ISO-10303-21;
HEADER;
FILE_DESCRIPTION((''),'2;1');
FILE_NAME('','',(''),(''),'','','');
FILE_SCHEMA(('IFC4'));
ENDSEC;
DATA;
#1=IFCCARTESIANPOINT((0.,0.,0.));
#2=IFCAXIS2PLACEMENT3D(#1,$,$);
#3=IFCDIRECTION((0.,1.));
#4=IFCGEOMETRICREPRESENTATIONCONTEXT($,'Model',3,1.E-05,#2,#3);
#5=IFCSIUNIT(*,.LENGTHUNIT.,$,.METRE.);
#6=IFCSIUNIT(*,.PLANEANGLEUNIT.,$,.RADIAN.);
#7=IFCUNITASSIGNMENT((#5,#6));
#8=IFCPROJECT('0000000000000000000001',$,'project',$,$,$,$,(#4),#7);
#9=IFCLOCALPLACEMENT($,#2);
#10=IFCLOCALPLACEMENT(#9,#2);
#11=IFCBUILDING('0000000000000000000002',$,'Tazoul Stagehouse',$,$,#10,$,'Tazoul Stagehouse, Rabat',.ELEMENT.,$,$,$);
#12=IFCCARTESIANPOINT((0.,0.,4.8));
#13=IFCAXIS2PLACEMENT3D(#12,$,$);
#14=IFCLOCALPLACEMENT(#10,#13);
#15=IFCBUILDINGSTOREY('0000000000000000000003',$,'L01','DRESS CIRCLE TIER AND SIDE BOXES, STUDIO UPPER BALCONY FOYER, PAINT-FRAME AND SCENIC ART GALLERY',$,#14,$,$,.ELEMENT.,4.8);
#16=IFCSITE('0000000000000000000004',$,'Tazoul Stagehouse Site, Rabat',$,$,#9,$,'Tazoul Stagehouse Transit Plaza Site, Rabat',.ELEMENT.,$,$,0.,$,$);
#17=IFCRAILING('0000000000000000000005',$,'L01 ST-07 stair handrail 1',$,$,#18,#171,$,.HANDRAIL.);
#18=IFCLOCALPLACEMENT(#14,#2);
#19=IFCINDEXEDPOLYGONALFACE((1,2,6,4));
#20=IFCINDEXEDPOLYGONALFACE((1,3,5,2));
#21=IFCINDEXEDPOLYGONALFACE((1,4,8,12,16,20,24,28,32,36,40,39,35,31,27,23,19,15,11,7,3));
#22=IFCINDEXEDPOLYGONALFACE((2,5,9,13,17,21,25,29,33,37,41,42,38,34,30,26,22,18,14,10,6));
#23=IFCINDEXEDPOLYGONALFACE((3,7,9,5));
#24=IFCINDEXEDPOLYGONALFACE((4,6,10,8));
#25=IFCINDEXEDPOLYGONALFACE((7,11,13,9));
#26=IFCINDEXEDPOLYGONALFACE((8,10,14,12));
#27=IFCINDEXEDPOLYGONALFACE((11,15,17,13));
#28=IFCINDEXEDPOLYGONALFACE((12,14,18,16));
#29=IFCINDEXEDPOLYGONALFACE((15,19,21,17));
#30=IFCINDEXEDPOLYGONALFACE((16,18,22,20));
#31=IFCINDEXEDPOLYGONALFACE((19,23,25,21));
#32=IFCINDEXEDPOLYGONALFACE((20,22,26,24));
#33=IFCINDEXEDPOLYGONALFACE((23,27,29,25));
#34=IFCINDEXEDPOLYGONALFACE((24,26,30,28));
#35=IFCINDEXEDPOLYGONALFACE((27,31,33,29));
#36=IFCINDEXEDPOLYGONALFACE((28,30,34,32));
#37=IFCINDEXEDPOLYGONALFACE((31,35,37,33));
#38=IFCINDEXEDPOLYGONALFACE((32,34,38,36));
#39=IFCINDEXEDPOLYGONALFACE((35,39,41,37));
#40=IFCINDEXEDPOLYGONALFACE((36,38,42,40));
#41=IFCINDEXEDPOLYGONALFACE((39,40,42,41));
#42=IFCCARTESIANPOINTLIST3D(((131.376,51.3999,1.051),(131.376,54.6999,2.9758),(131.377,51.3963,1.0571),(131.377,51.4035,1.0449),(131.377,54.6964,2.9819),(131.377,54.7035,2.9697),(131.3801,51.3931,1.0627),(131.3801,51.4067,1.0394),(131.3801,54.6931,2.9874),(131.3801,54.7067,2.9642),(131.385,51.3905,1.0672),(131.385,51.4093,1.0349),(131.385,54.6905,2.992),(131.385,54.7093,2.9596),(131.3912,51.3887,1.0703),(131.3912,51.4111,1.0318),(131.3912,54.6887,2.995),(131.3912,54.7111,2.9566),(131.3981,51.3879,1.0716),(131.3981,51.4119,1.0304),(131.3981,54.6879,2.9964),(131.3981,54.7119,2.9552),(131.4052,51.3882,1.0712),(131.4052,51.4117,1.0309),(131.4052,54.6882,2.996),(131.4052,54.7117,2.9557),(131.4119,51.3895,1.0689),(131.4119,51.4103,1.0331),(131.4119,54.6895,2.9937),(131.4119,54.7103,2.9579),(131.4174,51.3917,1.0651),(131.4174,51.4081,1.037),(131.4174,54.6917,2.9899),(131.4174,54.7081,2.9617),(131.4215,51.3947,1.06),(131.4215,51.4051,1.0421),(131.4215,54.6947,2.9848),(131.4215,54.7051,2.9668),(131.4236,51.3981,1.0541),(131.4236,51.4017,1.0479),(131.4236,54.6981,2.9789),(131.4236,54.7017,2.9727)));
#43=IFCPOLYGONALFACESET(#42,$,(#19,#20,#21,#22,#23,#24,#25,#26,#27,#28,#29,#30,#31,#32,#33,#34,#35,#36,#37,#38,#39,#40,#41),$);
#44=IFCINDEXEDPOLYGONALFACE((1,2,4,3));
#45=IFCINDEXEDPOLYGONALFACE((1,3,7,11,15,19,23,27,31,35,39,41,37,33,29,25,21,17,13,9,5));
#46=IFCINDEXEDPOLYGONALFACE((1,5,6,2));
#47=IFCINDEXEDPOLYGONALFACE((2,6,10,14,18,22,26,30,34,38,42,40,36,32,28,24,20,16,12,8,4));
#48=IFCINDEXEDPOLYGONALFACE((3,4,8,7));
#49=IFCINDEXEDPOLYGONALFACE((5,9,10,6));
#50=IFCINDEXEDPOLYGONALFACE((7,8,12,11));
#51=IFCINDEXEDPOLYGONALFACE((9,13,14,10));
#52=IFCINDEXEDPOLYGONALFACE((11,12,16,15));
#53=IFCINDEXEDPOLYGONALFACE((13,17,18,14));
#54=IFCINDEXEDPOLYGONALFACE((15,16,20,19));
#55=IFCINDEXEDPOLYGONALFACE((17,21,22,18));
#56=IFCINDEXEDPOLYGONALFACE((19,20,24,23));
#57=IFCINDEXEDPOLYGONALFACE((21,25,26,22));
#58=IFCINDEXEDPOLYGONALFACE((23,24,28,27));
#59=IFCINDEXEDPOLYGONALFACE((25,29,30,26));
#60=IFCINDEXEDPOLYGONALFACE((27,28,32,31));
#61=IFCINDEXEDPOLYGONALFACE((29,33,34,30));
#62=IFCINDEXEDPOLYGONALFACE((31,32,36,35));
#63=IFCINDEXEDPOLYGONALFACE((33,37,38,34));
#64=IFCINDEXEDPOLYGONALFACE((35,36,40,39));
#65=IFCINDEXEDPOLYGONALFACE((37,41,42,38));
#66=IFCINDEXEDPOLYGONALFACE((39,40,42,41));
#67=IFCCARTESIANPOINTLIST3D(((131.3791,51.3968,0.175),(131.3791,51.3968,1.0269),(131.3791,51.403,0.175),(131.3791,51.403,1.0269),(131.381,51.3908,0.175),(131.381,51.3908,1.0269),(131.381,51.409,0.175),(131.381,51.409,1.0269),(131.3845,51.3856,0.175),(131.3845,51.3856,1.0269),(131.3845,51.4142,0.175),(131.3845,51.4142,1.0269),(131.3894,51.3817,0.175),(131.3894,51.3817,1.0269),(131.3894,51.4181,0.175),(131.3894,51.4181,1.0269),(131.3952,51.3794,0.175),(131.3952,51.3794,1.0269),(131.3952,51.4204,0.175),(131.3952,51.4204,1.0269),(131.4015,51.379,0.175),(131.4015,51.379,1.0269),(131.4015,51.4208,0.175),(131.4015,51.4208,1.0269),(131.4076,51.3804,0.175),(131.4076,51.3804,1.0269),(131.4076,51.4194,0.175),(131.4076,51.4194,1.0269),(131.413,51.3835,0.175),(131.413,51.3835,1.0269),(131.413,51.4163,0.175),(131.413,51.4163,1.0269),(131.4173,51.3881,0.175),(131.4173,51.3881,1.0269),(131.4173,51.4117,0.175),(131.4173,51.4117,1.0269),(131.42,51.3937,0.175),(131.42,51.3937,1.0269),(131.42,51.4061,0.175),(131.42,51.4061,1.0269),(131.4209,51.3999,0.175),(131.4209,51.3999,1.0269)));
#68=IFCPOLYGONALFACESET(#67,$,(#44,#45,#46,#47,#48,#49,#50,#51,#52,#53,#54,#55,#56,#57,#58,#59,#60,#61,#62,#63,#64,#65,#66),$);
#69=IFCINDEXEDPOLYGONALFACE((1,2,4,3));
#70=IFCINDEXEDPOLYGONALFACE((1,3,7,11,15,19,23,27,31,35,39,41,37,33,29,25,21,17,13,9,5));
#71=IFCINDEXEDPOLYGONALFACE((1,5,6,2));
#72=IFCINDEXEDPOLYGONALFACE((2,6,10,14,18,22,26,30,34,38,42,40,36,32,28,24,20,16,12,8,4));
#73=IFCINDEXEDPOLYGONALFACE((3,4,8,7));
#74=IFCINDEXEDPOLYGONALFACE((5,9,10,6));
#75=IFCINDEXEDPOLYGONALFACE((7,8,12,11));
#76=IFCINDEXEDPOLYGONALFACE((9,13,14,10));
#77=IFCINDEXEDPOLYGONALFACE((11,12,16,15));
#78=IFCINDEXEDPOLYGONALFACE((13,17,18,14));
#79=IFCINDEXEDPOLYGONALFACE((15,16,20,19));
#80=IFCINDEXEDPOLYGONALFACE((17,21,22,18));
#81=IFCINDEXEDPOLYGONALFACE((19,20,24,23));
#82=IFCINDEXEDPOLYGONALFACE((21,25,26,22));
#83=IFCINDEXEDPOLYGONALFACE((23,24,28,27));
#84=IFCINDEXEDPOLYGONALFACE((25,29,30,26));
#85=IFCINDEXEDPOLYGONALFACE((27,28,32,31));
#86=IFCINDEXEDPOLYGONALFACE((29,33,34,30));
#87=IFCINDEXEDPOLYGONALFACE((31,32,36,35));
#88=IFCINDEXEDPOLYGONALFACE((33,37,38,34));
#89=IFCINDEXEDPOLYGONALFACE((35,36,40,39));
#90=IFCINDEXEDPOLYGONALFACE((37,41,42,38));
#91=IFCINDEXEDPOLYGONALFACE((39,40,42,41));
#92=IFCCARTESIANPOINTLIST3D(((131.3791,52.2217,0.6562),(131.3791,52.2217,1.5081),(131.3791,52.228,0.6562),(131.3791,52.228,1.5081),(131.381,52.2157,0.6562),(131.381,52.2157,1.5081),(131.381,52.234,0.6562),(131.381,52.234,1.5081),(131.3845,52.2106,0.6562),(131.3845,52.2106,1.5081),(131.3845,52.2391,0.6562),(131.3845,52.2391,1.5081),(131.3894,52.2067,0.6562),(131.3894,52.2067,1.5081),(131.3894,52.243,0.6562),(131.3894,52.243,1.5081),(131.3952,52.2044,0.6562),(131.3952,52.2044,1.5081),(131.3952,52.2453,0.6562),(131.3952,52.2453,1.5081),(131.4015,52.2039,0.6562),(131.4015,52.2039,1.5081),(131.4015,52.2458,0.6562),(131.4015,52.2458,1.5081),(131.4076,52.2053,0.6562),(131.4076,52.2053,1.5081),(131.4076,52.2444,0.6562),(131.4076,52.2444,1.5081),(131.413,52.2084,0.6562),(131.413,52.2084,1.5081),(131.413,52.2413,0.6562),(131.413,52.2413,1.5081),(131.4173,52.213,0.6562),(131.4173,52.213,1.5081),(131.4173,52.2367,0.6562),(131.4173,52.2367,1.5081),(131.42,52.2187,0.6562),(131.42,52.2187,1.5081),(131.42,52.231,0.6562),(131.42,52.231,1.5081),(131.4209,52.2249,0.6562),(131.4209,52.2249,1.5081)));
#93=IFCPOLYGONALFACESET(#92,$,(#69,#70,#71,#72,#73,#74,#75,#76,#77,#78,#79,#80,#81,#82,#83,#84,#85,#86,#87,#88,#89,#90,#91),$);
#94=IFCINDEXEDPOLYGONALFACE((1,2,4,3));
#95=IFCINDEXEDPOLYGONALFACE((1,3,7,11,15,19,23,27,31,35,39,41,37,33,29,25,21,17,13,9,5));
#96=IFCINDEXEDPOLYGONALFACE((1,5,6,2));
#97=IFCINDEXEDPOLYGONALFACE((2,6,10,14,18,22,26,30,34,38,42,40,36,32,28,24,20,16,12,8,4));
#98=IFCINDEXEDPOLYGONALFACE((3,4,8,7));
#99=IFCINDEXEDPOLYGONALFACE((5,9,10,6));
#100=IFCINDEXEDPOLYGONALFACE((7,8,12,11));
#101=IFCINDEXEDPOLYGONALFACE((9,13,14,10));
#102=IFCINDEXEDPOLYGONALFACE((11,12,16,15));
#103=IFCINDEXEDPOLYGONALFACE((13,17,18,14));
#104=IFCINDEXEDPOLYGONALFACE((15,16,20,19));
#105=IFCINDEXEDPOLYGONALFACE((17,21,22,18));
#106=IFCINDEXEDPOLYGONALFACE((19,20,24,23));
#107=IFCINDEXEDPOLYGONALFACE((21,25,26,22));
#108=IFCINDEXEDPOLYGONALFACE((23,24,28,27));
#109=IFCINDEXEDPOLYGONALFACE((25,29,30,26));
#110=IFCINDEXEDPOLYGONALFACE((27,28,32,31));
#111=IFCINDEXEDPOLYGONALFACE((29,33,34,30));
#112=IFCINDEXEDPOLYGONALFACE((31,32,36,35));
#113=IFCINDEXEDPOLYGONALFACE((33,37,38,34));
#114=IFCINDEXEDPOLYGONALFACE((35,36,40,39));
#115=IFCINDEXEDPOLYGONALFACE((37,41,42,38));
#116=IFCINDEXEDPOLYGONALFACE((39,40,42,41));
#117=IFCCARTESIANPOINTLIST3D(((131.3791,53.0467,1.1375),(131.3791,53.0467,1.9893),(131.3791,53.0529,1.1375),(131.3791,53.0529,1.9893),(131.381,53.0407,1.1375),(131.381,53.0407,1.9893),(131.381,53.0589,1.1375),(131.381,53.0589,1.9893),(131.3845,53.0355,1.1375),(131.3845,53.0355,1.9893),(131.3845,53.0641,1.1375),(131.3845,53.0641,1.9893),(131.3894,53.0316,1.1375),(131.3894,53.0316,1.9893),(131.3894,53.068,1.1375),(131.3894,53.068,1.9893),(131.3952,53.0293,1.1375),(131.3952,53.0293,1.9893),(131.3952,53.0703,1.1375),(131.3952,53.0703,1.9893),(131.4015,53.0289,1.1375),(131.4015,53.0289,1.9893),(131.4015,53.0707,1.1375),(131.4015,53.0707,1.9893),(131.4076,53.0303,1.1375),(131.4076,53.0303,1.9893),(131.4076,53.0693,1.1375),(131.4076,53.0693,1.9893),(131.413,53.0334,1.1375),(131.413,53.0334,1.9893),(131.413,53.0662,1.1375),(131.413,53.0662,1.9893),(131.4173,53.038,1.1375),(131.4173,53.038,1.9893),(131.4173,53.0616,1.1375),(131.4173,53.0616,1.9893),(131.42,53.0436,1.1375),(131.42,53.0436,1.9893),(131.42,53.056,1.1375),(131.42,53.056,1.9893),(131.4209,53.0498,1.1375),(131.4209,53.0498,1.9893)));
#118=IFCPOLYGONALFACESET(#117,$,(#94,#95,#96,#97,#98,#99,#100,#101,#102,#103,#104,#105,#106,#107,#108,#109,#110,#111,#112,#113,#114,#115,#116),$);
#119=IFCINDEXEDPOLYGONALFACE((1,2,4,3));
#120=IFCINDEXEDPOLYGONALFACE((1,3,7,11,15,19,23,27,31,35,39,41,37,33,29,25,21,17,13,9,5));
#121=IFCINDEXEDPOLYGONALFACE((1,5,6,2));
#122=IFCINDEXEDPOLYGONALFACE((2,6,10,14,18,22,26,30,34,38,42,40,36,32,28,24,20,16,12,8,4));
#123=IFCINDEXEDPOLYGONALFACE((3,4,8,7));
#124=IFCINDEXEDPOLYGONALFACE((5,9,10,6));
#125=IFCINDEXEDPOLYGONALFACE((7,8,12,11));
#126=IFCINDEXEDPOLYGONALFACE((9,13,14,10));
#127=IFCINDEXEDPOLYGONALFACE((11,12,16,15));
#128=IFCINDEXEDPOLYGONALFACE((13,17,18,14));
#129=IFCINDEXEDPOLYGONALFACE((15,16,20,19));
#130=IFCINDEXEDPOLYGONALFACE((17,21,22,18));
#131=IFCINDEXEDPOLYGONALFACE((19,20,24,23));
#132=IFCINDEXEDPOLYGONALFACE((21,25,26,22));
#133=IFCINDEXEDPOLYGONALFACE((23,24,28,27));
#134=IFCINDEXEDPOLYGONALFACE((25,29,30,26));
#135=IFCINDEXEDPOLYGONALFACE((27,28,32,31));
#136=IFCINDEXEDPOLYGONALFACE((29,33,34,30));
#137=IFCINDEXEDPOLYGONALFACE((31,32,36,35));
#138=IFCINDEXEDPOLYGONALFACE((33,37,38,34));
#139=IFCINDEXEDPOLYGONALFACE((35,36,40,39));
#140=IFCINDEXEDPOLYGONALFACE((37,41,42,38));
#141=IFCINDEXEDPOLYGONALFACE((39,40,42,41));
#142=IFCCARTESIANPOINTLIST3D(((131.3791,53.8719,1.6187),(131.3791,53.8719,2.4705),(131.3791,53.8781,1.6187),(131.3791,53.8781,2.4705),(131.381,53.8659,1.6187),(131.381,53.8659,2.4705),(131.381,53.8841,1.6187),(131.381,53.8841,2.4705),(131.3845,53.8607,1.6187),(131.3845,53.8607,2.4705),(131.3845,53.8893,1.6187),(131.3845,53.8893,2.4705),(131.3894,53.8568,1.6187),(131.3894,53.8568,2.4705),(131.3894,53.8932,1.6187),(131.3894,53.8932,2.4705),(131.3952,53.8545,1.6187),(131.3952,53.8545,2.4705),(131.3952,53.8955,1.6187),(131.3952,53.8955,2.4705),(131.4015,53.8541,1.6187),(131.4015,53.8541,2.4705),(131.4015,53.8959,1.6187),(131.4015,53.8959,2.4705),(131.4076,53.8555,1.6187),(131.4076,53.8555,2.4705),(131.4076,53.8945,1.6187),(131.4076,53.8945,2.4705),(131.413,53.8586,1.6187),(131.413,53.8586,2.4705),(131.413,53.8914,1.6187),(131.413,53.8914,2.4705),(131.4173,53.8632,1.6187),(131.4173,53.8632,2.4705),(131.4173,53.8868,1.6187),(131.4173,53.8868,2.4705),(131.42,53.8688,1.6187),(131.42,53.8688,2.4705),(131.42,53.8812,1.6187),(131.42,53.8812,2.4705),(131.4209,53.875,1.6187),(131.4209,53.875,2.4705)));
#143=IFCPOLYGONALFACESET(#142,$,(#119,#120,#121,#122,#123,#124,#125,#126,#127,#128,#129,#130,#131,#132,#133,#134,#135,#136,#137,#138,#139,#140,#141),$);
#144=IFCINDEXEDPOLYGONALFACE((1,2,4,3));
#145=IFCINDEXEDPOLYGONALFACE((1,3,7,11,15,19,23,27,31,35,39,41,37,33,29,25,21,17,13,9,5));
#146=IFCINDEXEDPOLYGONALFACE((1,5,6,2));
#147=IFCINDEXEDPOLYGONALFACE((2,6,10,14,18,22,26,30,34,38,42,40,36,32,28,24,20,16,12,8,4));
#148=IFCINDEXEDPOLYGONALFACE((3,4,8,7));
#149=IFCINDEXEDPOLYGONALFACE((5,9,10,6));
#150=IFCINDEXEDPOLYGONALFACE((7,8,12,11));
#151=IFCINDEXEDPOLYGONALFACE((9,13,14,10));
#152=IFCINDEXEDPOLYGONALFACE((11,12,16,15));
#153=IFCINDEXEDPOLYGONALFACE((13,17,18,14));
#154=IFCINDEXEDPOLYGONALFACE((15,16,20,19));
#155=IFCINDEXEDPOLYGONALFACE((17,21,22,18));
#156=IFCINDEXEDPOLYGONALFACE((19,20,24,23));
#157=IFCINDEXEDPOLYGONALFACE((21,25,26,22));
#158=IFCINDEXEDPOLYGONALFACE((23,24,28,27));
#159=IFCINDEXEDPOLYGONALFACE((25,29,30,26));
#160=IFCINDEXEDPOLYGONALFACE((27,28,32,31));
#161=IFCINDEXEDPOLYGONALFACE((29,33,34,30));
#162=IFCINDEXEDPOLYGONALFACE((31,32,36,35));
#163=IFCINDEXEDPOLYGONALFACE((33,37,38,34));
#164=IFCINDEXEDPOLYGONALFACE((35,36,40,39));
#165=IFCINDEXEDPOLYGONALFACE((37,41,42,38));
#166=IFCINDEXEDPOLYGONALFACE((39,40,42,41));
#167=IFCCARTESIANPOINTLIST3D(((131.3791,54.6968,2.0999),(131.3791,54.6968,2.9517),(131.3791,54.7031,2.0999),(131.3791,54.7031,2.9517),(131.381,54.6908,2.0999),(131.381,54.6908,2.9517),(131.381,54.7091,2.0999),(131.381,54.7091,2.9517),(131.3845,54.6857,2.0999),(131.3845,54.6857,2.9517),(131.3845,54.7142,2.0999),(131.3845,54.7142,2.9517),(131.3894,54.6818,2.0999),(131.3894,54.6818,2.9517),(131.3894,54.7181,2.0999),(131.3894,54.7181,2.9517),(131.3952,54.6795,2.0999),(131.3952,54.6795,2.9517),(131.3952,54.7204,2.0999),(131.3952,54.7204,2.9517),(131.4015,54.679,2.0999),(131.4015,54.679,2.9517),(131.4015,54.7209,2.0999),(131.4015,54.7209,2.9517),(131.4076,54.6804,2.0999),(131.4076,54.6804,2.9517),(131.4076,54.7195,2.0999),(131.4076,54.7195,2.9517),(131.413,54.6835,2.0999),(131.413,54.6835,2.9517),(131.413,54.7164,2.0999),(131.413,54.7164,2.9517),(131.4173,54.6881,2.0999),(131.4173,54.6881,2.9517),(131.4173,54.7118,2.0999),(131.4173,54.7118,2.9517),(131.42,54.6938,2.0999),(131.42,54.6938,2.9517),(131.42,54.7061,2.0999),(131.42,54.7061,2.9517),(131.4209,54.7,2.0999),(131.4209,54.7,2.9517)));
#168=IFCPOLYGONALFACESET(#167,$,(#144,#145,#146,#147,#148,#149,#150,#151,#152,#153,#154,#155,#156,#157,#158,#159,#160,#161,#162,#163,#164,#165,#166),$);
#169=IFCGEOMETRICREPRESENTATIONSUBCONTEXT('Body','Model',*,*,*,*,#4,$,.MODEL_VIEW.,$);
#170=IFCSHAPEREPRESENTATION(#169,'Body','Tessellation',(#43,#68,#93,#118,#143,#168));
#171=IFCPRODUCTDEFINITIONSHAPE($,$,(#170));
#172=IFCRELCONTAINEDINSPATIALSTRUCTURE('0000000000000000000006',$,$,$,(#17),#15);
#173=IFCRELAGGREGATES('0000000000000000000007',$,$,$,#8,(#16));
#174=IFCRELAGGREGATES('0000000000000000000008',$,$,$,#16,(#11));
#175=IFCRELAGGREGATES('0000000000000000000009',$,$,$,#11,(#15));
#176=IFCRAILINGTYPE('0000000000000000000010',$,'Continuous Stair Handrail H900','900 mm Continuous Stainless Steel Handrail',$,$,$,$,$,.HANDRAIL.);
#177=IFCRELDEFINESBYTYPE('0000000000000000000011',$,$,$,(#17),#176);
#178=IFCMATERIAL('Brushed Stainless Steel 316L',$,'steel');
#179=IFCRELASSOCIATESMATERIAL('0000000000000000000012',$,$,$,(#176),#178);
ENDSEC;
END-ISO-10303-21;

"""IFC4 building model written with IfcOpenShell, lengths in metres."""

from ifc_helpers import new_model, si_unit, direction, frame, origin, origin_2d, place, context, subcontext, project, spatial, circle, extrude, material, material_profile, profile_set, type_object, element, save


model = new_model("IFC4")

# Units and contexts
model_context = context("Model", 3, precision=1e-05, world=origin(), true_north=direction((0.0, 1.0)))
body_context = subcontext(model_context, "Body", "Model", "MODEL_VIEW")
ifc_project = project(units=[si_unit("LENGTHUNIT", "METRE"), si_unit("PLANEANGLEUNIT", "RADIAN")], contexts=[model_context])

# Site, building, storey
site_placement = place(None, origin())
site = spatial("IfcSite", under=ifc_project, at=site_placement, Name="Tazoul Stagehouse Site, Rabat", LongName="Tazoul Stagehouse Transit Plaza Site, Rabat", CompositionType="ELEMENT", RefElevation=0.0)
building_placement = place(site_placement, origin())
building = spatial("IfcBuilding", under=site, at=building_placement, Name="Tazoul Stagehouse", LongName="Tazoul Stagehouse, Rabat", CompositionType="ELEMENT")
storey_placement = place(building_placement, frame((0.0, 0.0, 4.8)))
storey = spatial("IfcBuildingStorey", under=building, at=storey_placement, Name="L01", Description="DRESS CIRCLE TIER AND SIDE BOXES, STUDIO UPPER BALCONY FOYER, PAINT-FRAME AND SCENIC ART GALLERY", CompositionType="ELEMENT", Elevation=4.8)

# Railing
ifc_material_1 = material(Name="Brushed Stainless Steel 316L", Category="steel")
ifc_material_profile_1 = material_profile(ifc_material_1, circle(Radius=0.021, at=origin_2d()), Name="SS HANDRAIL D42")
ifc_profile_set_1 = profile_set([ifc_material_profile_1], Name="Brushed Stainless Steel 316L")
railing_type_1 = type_object("IfcRailingType", Name="Continuous Stair Handrail H900", Description="900 mm Continuous Stainless Steel Handrail", PredefinedType="HANDRAIL", material=ifc_profile_set_1)
railing_1_placement = place(storey_placement, frame((131.3999, 51.3999, 0.175)))
element("IfcRailing", 1, at=railing_1_placement, inside=storey, type_object=railing_type_1, Name="L01 ST-07 stair handrail 1", PredefinedType="HANDRAIL", context=body_context, shape_type="SweptSolid", body=[
    extrude(circle(Radius=0.0239, at=origin_2d()), frame((0.0, 0.0, 0.876), z_axis=(0.0, 0.863804, 0.503827), x_axis=(-1.0, 0.0, 0.0)), (0.0, 0.0, 1.0), 3.8203),
    extrude(circle(Radius=0.021, at=origin_2d()), origin(), (0.0, 0.0, 1.0), 0.8518),
    extrude(circle(Radius=0.021, at=origin_2d()), frame((0.0, 0.825, 0.4812)), (0.0, 0.0, 1.0), 0.8518),
    extrude(circle(Radius=0.021, at=origin_2d()), frame((0.0, 1.6499, 0.9624)), (0.0, 0.0, 1.0), 0.8518),
    extrude(circle(Radius=0.021, at=origin_2d()), frame((0.0, 2.4751, 1.4436)), (0.0, 0.0, 1.0), 0.8518),
    extrude(circle(Radius=0.021, at=origin_2d()), frame((0.0, 3.3, 1.9248)), (0.0, 0.0, 1.0), 0.8518),
])

save(model, "model.ifc")
